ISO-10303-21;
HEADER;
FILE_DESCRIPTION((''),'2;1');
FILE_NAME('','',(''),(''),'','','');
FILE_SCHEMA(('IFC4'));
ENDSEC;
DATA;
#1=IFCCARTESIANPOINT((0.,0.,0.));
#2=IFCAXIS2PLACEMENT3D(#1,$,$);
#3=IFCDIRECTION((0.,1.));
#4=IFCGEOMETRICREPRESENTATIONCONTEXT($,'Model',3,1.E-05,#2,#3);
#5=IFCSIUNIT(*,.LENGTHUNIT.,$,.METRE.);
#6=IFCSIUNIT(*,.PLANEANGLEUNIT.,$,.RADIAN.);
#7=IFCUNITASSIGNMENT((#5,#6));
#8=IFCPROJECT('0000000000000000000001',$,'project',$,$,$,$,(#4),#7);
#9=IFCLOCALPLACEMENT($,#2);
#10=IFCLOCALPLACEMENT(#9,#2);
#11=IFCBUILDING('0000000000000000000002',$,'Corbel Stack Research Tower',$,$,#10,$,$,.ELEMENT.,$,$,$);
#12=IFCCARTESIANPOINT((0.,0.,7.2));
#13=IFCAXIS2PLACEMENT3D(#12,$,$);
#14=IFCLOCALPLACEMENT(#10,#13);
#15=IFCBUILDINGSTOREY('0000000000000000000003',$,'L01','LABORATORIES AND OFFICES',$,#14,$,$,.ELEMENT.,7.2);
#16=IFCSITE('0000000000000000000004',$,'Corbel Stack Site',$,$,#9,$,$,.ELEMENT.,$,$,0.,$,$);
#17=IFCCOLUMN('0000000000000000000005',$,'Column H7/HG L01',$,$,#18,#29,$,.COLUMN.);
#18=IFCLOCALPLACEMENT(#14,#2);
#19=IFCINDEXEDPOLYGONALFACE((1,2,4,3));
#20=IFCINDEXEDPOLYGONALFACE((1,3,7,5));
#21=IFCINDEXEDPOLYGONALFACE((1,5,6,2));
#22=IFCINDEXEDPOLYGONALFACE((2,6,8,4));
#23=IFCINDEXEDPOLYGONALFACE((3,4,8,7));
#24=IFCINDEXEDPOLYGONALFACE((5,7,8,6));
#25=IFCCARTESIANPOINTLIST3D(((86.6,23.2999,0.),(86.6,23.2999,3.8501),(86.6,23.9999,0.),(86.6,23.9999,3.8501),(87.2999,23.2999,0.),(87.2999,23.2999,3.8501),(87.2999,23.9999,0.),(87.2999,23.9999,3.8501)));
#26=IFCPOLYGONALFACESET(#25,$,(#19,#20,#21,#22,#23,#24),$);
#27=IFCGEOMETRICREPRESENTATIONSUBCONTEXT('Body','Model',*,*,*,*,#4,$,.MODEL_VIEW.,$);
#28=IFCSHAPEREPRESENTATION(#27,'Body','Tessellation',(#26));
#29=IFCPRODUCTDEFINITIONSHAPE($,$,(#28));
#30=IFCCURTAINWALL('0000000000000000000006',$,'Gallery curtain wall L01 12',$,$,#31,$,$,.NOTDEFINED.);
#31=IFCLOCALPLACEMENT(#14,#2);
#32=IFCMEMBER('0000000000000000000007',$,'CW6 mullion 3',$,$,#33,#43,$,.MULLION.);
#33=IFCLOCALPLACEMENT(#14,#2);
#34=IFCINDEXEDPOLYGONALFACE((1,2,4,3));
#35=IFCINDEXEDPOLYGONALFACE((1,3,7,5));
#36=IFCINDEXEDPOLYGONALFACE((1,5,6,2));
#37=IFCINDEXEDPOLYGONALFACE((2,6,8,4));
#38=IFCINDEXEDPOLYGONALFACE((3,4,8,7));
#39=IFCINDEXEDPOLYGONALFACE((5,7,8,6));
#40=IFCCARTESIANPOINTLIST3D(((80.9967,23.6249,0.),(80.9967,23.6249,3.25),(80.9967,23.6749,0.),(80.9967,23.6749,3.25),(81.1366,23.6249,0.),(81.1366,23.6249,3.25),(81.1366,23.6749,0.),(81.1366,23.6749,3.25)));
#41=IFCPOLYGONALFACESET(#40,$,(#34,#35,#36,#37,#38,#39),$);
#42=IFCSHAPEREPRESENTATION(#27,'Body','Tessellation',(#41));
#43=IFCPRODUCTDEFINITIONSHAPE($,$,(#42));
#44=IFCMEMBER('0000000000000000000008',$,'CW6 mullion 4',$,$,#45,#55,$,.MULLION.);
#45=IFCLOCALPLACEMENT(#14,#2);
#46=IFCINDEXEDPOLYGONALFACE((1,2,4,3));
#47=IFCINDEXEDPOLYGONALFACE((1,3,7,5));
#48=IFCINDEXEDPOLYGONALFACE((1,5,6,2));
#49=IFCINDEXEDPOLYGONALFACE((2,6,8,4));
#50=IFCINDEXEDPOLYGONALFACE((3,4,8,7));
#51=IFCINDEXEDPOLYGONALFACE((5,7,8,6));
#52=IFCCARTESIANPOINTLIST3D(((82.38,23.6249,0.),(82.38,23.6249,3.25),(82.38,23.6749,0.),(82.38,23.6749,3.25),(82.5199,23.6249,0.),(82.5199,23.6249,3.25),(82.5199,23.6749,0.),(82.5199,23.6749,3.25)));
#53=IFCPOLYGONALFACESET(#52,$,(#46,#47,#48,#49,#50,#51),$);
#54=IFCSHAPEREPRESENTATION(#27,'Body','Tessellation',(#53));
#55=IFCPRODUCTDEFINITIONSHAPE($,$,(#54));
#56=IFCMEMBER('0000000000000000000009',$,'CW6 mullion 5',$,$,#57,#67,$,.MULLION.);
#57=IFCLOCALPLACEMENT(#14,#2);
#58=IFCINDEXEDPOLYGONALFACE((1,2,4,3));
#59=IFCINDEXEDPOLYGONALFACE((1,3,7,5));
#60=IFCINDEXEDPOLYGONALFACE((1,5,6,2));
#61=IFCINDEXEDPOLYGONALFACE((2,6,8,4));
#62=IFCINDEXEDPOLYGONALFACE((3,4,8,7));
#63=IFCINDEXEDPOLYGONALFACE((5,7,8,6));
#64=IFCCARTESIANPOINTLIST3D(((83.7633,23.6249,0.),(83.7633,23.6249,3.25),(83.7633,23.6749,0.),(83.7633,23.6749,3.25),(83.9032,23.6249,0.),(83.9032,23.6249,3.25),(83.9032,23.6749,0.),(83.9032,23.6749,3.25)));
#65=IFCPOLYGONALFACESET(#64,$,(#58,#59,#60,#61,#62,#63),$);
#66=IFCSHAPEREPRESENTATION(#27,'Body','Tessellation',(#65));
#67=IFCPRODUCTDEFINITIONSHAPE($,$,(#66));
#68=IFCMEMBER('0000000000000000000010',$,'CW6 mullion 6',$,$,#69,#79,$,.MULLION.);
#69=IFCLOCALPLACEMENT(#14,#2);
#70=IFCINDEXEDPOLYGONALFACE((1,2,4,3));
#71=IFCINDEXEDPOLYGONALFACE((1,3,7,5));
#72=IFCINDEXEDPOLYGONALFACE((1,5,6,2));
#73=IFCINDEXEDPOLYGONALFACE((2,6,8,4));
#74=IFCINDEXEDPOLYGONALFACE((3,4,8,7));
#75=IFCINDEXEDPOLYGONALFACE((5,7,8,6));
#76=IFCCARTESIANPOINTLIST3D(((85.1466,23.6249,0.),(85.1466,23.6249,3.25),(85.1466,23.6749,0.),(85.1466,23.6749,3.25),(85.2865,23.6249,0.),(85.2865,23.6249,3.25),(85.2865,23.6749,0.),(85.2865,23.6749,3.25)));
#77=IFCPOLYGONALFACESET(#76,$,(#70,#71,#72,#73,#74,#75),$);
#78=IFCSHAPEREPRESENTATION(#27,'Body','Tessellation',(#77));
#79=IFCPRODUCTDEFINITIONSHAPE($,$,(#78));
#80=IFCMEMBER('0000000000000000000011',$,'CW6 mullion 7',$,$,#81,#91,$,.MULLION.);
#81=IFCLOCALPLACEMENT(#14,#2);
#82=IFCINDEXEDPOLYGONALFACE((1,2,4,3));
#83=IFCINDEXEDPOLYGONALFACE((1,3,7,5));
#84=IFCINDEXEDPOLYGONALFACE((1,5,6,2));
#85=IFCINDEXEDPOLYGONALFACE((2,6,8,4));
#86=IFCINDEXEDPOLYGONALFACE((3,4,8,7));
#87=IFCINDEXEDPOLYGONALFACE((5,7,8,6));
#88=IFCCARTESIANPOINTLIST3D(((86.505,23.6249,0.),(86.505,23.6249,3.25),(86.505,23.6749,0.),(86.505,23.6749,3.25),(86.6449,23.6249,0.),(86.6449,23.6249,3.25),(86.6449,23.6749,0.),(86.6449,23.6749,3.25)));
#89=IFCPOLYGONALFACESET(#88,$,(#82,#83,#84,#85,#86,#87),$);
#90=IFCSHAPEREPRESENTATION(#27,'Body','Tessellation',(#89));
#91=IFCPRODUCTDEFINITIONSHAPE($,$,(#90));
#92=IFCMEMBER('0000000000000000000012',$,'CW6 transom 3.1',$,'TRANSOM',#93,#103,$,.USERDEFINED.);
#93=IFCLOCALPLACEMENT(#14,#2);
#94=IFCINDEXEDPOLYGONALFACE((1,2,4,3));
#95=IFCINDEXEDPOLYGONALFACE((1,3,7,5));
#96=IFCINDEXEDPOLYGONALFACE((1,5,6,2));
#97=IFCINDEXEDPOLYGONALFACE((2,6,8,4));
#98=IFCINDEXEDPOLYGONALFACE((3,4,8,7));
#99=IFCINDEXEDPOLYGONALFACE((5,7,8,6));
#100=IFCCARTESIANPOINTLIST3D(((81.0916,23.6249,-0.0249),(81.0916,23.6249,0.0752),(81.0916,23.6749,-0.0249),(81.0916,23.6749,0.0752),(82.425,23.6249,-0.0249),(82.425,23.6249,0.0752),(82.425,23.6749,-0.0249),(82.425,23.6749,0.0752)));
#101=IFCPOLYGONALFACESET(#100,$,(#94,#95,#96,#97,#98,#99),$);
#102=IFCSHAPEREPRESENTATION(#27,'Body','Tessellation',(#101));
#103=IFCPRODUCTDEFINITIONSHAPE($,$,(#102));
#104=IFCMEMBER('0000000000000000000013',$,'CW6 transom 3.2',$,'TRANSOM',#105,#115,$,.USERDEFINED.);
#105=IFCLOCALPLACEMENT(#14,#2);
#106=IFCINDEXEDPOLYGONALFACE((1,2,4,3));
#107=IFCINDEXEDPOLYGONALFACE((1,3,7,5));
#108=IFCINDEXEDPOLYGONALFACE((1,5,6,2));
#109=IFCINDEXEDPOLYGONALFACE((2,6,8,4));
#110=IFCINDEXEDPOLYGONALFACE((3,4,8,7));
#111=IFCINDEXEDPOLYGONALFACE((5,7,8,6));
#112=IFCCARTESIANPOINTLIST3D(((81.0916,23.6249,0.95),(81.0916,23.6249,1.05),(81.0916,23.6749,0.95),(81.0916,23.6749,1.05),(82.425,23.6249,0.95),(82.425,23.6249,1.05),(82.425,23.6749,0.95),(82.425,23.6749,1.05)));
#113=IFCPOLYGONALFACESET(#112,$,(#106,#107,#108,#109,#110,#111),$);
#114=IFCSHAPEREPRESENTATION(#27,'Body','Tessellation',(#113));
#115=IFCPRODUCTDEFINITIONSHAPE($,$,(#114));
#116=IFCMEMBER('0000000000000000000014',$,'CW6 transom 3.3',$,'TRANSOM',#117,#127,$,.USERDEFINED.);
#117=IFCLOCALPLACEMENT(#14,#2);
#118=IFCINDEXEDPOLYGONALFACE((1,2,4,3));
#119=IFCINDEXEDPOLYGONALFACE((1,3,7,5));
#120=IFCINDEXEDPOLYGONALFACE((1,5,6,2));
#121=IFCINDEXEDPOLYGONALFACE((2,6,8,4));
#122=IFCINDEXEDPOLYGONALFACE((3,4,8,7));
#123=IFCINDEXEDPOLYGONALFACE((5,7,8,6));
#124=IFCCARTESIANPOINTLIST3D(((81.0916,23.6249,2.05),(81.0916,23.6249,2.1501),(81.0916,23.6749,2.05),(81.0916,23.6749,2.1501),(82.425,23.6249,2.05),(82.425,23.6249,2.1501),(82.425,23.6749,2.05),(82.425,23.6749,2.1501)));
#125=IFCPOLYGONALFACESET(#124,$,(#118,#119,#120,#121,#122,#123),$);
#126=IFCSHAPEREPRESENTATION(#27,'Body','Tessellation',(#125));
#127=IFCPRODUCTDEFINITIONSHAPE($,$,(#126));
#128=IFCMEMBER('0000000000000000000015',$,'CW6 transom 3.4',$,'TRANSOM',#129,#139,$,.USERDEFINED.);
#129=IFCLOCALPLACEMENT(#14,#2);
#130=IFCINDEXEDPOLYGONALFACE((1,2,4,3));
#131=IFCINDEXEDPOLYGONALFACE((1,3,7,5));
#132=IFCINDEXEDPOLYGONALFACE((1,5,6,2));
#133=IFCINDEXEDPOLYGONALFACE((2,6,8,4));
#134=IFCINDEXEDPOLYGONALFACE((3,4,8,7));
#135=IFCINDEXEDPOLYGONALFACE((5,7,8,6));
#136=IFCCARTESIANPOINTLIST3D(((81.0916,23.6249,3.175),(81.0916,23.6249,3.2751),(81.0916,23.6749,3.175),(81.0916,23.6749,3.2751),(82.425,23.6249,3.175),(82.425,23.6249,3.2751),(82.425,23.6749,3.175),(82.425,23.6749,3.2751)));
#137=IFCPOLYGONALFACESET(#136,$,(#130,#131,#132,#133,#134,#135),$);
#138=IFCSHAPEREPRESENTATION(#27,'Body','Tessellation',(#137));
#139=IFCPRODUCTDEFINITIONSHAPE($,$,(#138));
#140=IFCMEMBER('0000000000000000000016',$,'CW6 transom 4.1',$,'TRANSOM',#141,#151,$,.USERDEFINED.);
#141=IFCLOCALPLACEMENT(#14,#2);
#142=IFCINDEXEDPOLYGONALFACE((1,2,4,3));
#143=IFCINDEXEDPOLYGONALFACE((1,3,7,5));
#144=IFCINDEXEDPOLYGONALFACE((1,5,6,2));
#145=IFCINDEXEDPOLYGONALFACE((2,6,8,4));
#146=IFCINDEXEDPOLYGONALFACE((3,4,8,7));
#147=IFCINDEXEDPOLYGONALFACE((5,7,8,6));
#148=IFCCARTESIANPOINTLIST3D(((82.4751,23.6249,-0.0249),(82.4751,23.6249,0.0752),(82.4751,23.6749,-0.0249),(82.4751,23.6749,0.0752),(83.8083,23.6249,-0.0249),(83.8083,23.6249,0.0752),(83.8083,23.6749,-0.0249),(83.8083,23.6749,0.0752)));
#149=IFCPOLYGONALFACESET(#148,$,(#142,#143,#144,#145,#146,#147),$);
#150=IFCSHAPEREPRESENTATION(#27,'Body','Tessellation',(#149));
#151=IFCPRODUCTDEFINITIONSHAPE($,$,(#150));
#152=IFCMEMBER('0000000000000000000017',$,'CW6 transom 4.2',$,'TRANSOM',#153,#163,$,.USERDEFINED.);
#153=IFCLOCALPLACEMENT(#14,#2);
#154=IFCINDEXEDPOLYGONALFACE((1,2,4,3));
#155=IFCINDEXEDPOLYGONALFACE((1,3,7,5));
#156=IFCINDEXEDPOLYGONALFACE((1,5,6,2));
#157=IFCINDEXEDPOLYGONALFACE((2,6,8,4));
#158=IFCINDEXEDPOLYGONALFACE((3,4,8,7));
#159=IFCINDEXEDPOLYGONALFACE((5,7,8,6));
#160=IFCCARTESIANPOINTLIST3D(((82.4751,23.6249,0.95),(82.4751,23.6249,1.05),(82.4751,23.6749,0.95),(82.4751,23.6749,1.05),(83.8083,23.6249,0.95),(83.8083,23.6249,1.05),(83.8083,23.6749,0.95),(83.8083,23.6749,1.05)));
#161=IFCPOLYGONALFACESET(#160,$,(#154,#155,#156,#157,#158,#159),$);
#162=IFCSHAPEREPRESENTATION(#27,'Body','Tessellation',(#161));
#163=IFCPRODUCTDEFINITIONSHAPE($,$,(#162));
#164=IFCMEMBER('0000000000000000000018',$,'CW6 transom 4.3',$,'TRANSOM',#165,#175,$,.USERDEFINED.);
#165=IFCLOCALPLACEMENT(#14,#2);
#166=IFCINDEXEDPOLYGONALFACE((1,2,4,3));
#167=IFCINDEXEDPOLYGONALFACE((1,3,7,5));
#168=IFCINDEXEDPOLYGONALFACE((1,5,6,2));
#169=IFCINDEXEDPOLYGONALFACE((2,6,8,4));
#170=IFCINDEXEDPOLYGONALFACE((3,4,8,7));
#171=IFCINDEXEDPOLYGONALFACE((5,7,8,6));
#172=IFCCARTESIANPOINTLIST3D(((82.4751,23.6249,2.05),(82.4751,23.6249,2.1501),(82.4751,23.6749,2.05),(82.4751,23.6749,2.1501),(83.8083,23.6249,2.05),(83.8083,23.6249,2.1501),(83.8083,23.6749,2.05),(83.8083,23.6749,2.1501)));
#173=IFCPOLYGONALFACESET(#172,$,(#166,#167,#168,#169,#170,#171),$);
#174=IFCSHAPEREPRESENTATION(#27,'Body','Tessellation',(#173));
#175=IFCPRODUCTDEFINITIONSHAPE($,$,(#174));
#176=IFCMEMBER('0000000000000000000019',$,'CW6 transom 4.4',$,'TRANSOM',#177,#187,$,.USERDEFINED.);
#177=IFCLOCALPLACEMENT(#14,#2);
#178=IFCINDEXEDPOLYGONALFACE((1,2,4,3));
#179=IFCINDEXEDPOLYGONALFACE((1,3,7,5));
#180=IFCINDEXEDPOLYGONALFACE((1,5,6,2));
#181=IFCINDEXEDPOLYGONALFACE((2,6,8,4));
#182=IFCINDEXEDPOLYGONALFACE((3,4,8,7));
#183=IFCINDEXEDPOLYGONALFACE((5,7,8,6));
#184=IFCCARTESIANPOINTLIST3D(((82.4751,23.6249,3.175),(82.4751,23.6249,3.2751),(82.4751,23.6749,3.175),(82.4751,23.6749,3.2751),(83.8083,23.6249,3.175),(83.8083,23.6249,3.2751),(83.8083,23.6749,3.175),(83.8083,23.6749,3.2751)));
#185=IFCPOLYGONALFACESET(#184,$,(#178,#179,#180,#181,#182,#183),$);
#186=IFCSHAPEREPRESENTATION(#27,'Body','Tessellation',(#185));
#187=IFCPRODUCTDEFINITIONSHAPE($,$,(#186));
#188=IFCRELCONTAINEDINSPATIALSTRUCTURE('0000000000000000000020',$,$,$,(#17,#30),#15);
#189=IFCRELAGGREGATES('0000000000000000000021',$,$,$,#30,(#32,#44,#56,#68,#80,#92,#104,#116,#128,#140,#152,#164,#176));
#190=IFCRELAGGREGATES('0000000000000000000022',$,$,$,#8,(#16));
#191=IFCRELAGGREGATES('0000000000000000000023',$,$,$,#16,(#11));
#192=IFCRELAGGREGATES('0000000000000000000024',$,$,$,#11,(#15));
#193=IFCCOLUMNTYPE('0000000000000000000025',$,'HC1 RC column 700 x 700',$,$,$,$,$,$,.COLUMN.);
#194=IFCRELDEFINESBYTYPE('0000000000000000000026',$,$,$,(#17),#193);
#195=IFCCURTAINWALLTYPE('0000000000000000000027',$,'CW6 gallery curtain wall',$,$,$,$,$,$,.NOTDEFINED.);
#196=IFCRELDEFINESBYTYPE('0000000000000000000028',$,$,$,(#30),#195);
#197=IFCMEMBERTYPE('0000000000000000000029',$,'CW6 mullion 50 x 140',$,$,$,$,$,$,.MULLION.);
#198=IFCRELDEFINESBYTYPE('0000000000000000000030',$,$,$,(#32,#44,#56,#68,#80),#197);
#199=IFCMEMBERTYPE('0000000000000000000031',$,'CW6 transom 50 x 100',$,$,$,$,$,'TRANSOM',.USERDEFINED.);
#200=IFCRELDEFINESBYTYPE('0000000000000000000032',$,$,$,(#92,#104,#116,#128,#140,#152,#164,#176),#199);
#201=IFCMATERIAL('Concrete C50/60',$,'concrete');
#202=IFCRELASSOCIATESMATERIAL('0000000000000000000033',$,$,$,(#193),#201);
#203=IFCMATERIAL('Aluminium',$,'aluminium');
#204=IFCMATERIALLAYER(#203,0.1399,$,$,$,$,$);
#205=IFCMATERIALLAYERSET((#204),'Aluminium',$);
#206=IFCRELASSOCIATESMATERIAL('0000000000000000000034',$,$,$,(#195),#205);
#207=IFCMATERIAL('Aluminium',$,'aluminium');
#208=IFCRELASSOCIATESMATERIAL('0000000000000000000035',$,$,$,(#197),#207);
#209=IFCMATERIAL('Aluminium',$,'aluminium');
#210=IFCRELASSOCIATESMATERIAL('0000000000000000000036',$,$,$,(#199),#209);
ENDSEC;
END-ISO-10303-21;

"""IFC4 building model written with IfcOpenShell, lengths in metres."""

from ifc_helpers import new_model, si_unit, direction, frame, origin, origin_2d, place, context, subcontext, project, spatial, rectangle, extrude, material, layer, layer_set, material_profile, profile_set, type_object, element, aggregate, save


model = new_model("IFC4")

# Units and contexts
model_context = context("Model", 3, precision=1e-05, world=origin(), true_north=direction((0.0, 1.0)))
body_context = subcontext(model_context, "Body", "Model", "MODEL_VIEW")
ifc_project = project(units=[si_unit("LENGTHUNIT", "METRE"), si_unit("PLANEANGLEUNIT", "RADIAN")], contexts=[model_context])

# Site, building, storey
site_placement = place(None, origin())
site = spatial("IfcSite", under=ifc_project, at=site_placement, Name="Corbel Stack Site", CompositionType="ELEMENT", RefElevation=0.0)
building_placement = place(site_placement, origin())
building = spatial("IfcBuilding", under=site, at=building_placement, Name="Corbel Stack Research Tower", CompositionType="ELEMENT")
storey_placement = place(building_placement, frame((0.0, 0.0, 7.2)))
storey = spatial("IfcBuildingStorey", under=building, at=storey_placement, Name="L01", Description="LABORATORIES AND OFFICES", CompositionType="ELEMENT", Elevation=7.2)

# Column
ifc_material_1 = material(Name="Concrete C50/60", Category="concrete")
ifc_material_profile_1 = material_profile(ifc_material_1, rectangle(XDim=0.7, YDim=0.7, at=origin_2d()), Name="RC 700 x 700")
ifc_profile_set_1 = profile_set([ifc_material_profile_1], Name="Concrete C50/60")
column_type = type_object("IfcColumnType", Name="HC1 RC column 700 x 700", PredefinedType="COLUMN", material=ifc_profile_set_1)
column_placement = place(storey_placement, frame((86.95, 23.6499, 0.0), z_axis=(0.0, 0.0, 1.0), x_axis=(1.0, 0.0, 0.0)))
element("IfcColumn", 1, at=column_placement, inside=storey, type_object=column_type, Name="Column H7/HG L01", PredefinedType="COLUMN", context=body_context, shape_type="SweptSolid", body=[
    extrude(rectangle(XDim=0.7, YDim=0.7, at=origin_2d()), origin(), (0.0, 0.0, 1.0), 3.8501),
])

# Curtain wall, members
ifc_material_2 = material(Name="Aluminium", Category="aluminium")
ifc_layer_1 = layer(ifc_material_2, 0.1399)
ifc_layer_set_1 = layer_set([ifc_layer_1], Name="Aluminium")
curtain_wall_type = type_object("IfcCurtainWallType", Name="CW6 gallery curtain wall", PredefinedType="NOTDEFINED", material=ifc_layer_set_1)
curtain_wall_placement = place(storey_placement, origin())
curtain_wall = element("IfcCurtainWall", 2, at=curtain_wall_placement, inside=storey, type_object=curtain_wall_type, Name="Gallery curtain wall L01 12", PredefinedType="NOTDEFINED")
ifc_material_3 = material(Name="Aluminium", Category="aluminium")
ifc_material_profile_2 = material_profile(ifc_material_3, rectangle(XDim=0.05, YDim=0.1399, at=origin_2d()), Name="Mullion 50 x 140")
ifc_profile_set_2 = profile_set([ifc_material_profile_2], Name="Aluminium")
member_type_1 = type_object("IfcMemberType", Name="CW6 mullion 50 x 140", PredefinedType="MULLION", material=ifc_profile_set_2)
member_1_placement = place(storey_placement, frame((81.0667, 23.6499, 0.0), z_axis=(0.0, 0.0, 1.0), x_axis=(0.0, 1.0, 0.0)))
member_1 = element("IfcMember", 3, at=member_1_placement, type_object=member_type_1, Name="CW6 mullion 3", PredefinedType="MULLION", context=body_context, shape_type="SweptSolid", body=[
    extrude(rectangle(XDim=0.05, YDim=0.1399, at=origin_2d()), origin(), (0.0, 0.0, 1.0), 3.25),
])
member_2_placement = place(storey_placement, frame((82.45, 23.6499, 0.0), z_axis=(0.0, 0.0, 1.0), x_axis=(0.0, 1.0, 0.0)))
member_2 = element("IfcMember", 4, at=member_2_placement, type_object=member_type_1, Name="CW6 mullion 4", PredefinedType="MULLION", context=body_context, shape_type="SweptSolid", body=[
    extrude(rectangle(XDim=0.05, YDim=0.1399, at=origin_2d()), origin(), (0.0, 0.0, 1.0), 3.25),
])
member_3_placement = place(storey_placement, frame((83.8333, 23.6499, 0.0), z_axis=(0.0, 0.0, 1.0), x_axis=(0.0, 1.0, 0.0)))
member_3 = element("IfcMember", 5, at=member_3_placement, type_object=member_type_1, Name="CW6 mullion 5", PredefinedType="MULLION", context=body_context, shape_type="SweptSolid", body=[
    extrude(rectangle(XDim=0.05, YDim=0.1399, at=origin_2d()), origin(), (0.0, 0.0, 1.0), 3.25),
])
member_4_placement = place(storey_placement, frame((85.2166, 23.6499, 0.0), z_axis=(0.0, 0.0, 1.0), x_axis=(0.0, 1.0, 0.0)))
member_4 = element("IfcMember", 6, at=member_4_placement, type_object=member_type_1, Name="CW6 mullion 6", PredefinedType="MULLION", context=body_context, shape_type="SweptSolid", body=[
    extrude(rectangle(XDim=0.05, YDim=0.1399, at=origin_2d()), origin(), (0.0, 0.0, 1.0), 3.25),
])
member_5_placement = place(storey_placement, frame((86.575, 23.6499, 0.0), z_axis=(0.0, 0.0, 1.0), x_axis=(0.0, 1.0, 0.0)))
member_5 = element("IfcMember", 7, at=member_5_placement, type_object=member_type_1, Name="CW6 mullion 7", PredefinedType="MULLION", context=body_context, shape_type="SweptSolid", body=[
    extrude(rectangle(XDim=0.05, YDim=0.1399, at=origin_2d()), origin(), (0.0, 0.0, 1.0), 3.25),
])
ifc_material_4 = material(Name="Aluminium", Category="aluminium")
ifc_material_profile_3 = material_profile(ifc_material_4, rectangle(XDim=0.05, YDim=0.1001, at=origin_2d()), Name="Transom 50 x 100")
ifc_profile_set_3 = profile_set([ifc_material_profile_3], Name="Aluminium")
member_type_2 = type_object("IfcMemberType", Name="CW6 transom 50 x 100", ElementType="TRANSOM", PredefinedType="USERDEFINED", material=ifc_profile_set_3)
member_6_placement = place(storey_placement, frame((81.0916, 23.6499, 0.0251), z_axis=(1.0, 0.0, 0.0), x_axis=(0.0, 1.0, 0.0)))
member_6 = element("IfcMember", 8, at=member_6_placement, type_object=member_type_2, Name="CW6 transom 3.1", ObjectType="TRANSOM", PredefinedType="USERDEFINED", context=body_context, shape_type="SweptSolid", body=[
    extrude(rectangle(XDim=0.05, YDim=0.1001, at=origin_2d()), origin(), (0.0, 0.0, 1.0), 1.3335),
])
member_7_placement = place(storey_placement, frame((81.0916, 23.6499, 1.0), z_axis=(1.0, 0.0, 0.0), x_axis=(0.0, 1.0, 0.0)))
member_7 = element("IfcMember", 9, at=member_7_placement, type_object=member_type_2, Name="CW6 transom 3.2", ObjectType="TRANSOM", PredefinedType="USERDEFINED", context=body_context, shape_type="SweptSolid", body=[
    extrude(rectangle(XDim=0.05, YDim=0.1001, at=origin_2d()), origin(), (0.0, 0.0, 1.0), 1.3335),
])
member_8_placement = place(storey_placement, frame((81.0916, 23.6499, 2.1001), z_axis=(1.0, 0.0, 0.0), x_axis=(0.0, 1.0, 0.0)))
member_8 = element("IfcMember", 10, at=member_8_placement, type_object=member_type_2, Name="CW6 transom 3.3", ObjectType="TRANSOM", PredefinedType="USERDEFINED", context=body_context, shape_type="SweptSolid", body=[
    extrude(rectangle(XDim=0.05, YDim=0.1001, at=origin_2d()), origin(), (0.0, 0.0, 1.0), 1.3335),
])
member_9_placement = place(storey_placement, frame((81.0916, 23.6499, 3.2251), z_axis=(1.0, 0.0, 0.0), x_axis=(0.0, 1.0, 0.0)))
member_9 = element("IfcMember", 11, at=member_9_placement, type_object=member_type_2, Name="CW6 transom 3.4", ObjectType="TRANSOM", PredefinedType="USERDEFINED", context=body_context, shape_type="SweptSolid", body=[
    extrude(rectangle(XDim=0.05, YDim=0.1001, at=origin_2d()), origin(), (0.0, 0.0, 1.0), 1.3335),
])
member_10_placement = place(storey_placement, frame((82.4751, 23.6499, 0.0251), z_axis=(1.0, 0.0, 0.0), x_axis=(0.0, 1.0, 0.0)))
member_10 = element("IfcMember", 12, at=member_10_placement, type_object=member_type_2, Name="CW6 transom 4.1", ObjectType="TRANSOM", PredefinedType="USERDEFINED", context=body_context, shape_type="SweptSolid", body=[
    extrude(rectangle(XDim=0.05, YDim=0.1001, at=origin_2d()), origin(), (0.0, 0.0, 1.0), 1.3333),
])
member_11_placement = place(storey_placement, frame((82.4751, 23.6499, 1.0), z_axis=(1.0, 0.0, 0.0), x_axis=(0.0, 1.0, 0.0)))
member_11 = element("IfcMember", 13, at=member_11_placement, type_object=member_type_2, Name="CW6 transom 4.2", ObjectType="TRANSOM", PredefinedType="USERDEFINED", context=body_context, shape_type="SweptSolid", body=[
    extrude(rectangle(XDim=0.05, YDim=0.1001, at=origin_2d()), origin(), (0.0, 0.0, 1.0), 1.3333),
])
member_12_placement = place(storey_placement, frame((82.4751, 23.6499, 2.1001), z_axis=(1.0, 0.0, 0.0), x_axis=(0.0, 1.0, 0.0)))
member_12 = element("IfcMember", 14, at=member_12_placement, type_object=member_type_2, Name="CW6 transom 4.3", ObjectType="TRANSOM", PredefinedType="USERDEFINED", context=body_context, shape_type="SweptSolid", body=[
    extrude(rectangle(XDim=0.05, YDim=0.1001, at=origin_2d()), origin(), (0.0, 0.0, 1.0), 1.3333),
])
member_13_placement = place(storey_placement, frame((82.4751, 23.6499, 3.2251), z_axis=(1.0, 0.0, 0.0), x_axis=(0.0, 1.0, 0.0)))
member_13 = element("IfcMember", 15, at=member_13_placement, type_object=member_type_2, Name="CW6 transom 4.4", ObjectType="TRANSOM", PredefinedType="USERDEFINED", context=body_context, shape_type="SweptSolid", body=[
    extrude(rectangle(XDim=0.05, YDim=0.1001, at=origin_2d()), origin(), (0.0, 0.0, 1.0), 1.3333),
])
aggregate(curtain_wall, [member_1, member_2, member_3, member_4, member_5, member_6, member_7, member_8, member_9, member_10, member_11, member_12, member_13])

save(model, "model.ifc")
